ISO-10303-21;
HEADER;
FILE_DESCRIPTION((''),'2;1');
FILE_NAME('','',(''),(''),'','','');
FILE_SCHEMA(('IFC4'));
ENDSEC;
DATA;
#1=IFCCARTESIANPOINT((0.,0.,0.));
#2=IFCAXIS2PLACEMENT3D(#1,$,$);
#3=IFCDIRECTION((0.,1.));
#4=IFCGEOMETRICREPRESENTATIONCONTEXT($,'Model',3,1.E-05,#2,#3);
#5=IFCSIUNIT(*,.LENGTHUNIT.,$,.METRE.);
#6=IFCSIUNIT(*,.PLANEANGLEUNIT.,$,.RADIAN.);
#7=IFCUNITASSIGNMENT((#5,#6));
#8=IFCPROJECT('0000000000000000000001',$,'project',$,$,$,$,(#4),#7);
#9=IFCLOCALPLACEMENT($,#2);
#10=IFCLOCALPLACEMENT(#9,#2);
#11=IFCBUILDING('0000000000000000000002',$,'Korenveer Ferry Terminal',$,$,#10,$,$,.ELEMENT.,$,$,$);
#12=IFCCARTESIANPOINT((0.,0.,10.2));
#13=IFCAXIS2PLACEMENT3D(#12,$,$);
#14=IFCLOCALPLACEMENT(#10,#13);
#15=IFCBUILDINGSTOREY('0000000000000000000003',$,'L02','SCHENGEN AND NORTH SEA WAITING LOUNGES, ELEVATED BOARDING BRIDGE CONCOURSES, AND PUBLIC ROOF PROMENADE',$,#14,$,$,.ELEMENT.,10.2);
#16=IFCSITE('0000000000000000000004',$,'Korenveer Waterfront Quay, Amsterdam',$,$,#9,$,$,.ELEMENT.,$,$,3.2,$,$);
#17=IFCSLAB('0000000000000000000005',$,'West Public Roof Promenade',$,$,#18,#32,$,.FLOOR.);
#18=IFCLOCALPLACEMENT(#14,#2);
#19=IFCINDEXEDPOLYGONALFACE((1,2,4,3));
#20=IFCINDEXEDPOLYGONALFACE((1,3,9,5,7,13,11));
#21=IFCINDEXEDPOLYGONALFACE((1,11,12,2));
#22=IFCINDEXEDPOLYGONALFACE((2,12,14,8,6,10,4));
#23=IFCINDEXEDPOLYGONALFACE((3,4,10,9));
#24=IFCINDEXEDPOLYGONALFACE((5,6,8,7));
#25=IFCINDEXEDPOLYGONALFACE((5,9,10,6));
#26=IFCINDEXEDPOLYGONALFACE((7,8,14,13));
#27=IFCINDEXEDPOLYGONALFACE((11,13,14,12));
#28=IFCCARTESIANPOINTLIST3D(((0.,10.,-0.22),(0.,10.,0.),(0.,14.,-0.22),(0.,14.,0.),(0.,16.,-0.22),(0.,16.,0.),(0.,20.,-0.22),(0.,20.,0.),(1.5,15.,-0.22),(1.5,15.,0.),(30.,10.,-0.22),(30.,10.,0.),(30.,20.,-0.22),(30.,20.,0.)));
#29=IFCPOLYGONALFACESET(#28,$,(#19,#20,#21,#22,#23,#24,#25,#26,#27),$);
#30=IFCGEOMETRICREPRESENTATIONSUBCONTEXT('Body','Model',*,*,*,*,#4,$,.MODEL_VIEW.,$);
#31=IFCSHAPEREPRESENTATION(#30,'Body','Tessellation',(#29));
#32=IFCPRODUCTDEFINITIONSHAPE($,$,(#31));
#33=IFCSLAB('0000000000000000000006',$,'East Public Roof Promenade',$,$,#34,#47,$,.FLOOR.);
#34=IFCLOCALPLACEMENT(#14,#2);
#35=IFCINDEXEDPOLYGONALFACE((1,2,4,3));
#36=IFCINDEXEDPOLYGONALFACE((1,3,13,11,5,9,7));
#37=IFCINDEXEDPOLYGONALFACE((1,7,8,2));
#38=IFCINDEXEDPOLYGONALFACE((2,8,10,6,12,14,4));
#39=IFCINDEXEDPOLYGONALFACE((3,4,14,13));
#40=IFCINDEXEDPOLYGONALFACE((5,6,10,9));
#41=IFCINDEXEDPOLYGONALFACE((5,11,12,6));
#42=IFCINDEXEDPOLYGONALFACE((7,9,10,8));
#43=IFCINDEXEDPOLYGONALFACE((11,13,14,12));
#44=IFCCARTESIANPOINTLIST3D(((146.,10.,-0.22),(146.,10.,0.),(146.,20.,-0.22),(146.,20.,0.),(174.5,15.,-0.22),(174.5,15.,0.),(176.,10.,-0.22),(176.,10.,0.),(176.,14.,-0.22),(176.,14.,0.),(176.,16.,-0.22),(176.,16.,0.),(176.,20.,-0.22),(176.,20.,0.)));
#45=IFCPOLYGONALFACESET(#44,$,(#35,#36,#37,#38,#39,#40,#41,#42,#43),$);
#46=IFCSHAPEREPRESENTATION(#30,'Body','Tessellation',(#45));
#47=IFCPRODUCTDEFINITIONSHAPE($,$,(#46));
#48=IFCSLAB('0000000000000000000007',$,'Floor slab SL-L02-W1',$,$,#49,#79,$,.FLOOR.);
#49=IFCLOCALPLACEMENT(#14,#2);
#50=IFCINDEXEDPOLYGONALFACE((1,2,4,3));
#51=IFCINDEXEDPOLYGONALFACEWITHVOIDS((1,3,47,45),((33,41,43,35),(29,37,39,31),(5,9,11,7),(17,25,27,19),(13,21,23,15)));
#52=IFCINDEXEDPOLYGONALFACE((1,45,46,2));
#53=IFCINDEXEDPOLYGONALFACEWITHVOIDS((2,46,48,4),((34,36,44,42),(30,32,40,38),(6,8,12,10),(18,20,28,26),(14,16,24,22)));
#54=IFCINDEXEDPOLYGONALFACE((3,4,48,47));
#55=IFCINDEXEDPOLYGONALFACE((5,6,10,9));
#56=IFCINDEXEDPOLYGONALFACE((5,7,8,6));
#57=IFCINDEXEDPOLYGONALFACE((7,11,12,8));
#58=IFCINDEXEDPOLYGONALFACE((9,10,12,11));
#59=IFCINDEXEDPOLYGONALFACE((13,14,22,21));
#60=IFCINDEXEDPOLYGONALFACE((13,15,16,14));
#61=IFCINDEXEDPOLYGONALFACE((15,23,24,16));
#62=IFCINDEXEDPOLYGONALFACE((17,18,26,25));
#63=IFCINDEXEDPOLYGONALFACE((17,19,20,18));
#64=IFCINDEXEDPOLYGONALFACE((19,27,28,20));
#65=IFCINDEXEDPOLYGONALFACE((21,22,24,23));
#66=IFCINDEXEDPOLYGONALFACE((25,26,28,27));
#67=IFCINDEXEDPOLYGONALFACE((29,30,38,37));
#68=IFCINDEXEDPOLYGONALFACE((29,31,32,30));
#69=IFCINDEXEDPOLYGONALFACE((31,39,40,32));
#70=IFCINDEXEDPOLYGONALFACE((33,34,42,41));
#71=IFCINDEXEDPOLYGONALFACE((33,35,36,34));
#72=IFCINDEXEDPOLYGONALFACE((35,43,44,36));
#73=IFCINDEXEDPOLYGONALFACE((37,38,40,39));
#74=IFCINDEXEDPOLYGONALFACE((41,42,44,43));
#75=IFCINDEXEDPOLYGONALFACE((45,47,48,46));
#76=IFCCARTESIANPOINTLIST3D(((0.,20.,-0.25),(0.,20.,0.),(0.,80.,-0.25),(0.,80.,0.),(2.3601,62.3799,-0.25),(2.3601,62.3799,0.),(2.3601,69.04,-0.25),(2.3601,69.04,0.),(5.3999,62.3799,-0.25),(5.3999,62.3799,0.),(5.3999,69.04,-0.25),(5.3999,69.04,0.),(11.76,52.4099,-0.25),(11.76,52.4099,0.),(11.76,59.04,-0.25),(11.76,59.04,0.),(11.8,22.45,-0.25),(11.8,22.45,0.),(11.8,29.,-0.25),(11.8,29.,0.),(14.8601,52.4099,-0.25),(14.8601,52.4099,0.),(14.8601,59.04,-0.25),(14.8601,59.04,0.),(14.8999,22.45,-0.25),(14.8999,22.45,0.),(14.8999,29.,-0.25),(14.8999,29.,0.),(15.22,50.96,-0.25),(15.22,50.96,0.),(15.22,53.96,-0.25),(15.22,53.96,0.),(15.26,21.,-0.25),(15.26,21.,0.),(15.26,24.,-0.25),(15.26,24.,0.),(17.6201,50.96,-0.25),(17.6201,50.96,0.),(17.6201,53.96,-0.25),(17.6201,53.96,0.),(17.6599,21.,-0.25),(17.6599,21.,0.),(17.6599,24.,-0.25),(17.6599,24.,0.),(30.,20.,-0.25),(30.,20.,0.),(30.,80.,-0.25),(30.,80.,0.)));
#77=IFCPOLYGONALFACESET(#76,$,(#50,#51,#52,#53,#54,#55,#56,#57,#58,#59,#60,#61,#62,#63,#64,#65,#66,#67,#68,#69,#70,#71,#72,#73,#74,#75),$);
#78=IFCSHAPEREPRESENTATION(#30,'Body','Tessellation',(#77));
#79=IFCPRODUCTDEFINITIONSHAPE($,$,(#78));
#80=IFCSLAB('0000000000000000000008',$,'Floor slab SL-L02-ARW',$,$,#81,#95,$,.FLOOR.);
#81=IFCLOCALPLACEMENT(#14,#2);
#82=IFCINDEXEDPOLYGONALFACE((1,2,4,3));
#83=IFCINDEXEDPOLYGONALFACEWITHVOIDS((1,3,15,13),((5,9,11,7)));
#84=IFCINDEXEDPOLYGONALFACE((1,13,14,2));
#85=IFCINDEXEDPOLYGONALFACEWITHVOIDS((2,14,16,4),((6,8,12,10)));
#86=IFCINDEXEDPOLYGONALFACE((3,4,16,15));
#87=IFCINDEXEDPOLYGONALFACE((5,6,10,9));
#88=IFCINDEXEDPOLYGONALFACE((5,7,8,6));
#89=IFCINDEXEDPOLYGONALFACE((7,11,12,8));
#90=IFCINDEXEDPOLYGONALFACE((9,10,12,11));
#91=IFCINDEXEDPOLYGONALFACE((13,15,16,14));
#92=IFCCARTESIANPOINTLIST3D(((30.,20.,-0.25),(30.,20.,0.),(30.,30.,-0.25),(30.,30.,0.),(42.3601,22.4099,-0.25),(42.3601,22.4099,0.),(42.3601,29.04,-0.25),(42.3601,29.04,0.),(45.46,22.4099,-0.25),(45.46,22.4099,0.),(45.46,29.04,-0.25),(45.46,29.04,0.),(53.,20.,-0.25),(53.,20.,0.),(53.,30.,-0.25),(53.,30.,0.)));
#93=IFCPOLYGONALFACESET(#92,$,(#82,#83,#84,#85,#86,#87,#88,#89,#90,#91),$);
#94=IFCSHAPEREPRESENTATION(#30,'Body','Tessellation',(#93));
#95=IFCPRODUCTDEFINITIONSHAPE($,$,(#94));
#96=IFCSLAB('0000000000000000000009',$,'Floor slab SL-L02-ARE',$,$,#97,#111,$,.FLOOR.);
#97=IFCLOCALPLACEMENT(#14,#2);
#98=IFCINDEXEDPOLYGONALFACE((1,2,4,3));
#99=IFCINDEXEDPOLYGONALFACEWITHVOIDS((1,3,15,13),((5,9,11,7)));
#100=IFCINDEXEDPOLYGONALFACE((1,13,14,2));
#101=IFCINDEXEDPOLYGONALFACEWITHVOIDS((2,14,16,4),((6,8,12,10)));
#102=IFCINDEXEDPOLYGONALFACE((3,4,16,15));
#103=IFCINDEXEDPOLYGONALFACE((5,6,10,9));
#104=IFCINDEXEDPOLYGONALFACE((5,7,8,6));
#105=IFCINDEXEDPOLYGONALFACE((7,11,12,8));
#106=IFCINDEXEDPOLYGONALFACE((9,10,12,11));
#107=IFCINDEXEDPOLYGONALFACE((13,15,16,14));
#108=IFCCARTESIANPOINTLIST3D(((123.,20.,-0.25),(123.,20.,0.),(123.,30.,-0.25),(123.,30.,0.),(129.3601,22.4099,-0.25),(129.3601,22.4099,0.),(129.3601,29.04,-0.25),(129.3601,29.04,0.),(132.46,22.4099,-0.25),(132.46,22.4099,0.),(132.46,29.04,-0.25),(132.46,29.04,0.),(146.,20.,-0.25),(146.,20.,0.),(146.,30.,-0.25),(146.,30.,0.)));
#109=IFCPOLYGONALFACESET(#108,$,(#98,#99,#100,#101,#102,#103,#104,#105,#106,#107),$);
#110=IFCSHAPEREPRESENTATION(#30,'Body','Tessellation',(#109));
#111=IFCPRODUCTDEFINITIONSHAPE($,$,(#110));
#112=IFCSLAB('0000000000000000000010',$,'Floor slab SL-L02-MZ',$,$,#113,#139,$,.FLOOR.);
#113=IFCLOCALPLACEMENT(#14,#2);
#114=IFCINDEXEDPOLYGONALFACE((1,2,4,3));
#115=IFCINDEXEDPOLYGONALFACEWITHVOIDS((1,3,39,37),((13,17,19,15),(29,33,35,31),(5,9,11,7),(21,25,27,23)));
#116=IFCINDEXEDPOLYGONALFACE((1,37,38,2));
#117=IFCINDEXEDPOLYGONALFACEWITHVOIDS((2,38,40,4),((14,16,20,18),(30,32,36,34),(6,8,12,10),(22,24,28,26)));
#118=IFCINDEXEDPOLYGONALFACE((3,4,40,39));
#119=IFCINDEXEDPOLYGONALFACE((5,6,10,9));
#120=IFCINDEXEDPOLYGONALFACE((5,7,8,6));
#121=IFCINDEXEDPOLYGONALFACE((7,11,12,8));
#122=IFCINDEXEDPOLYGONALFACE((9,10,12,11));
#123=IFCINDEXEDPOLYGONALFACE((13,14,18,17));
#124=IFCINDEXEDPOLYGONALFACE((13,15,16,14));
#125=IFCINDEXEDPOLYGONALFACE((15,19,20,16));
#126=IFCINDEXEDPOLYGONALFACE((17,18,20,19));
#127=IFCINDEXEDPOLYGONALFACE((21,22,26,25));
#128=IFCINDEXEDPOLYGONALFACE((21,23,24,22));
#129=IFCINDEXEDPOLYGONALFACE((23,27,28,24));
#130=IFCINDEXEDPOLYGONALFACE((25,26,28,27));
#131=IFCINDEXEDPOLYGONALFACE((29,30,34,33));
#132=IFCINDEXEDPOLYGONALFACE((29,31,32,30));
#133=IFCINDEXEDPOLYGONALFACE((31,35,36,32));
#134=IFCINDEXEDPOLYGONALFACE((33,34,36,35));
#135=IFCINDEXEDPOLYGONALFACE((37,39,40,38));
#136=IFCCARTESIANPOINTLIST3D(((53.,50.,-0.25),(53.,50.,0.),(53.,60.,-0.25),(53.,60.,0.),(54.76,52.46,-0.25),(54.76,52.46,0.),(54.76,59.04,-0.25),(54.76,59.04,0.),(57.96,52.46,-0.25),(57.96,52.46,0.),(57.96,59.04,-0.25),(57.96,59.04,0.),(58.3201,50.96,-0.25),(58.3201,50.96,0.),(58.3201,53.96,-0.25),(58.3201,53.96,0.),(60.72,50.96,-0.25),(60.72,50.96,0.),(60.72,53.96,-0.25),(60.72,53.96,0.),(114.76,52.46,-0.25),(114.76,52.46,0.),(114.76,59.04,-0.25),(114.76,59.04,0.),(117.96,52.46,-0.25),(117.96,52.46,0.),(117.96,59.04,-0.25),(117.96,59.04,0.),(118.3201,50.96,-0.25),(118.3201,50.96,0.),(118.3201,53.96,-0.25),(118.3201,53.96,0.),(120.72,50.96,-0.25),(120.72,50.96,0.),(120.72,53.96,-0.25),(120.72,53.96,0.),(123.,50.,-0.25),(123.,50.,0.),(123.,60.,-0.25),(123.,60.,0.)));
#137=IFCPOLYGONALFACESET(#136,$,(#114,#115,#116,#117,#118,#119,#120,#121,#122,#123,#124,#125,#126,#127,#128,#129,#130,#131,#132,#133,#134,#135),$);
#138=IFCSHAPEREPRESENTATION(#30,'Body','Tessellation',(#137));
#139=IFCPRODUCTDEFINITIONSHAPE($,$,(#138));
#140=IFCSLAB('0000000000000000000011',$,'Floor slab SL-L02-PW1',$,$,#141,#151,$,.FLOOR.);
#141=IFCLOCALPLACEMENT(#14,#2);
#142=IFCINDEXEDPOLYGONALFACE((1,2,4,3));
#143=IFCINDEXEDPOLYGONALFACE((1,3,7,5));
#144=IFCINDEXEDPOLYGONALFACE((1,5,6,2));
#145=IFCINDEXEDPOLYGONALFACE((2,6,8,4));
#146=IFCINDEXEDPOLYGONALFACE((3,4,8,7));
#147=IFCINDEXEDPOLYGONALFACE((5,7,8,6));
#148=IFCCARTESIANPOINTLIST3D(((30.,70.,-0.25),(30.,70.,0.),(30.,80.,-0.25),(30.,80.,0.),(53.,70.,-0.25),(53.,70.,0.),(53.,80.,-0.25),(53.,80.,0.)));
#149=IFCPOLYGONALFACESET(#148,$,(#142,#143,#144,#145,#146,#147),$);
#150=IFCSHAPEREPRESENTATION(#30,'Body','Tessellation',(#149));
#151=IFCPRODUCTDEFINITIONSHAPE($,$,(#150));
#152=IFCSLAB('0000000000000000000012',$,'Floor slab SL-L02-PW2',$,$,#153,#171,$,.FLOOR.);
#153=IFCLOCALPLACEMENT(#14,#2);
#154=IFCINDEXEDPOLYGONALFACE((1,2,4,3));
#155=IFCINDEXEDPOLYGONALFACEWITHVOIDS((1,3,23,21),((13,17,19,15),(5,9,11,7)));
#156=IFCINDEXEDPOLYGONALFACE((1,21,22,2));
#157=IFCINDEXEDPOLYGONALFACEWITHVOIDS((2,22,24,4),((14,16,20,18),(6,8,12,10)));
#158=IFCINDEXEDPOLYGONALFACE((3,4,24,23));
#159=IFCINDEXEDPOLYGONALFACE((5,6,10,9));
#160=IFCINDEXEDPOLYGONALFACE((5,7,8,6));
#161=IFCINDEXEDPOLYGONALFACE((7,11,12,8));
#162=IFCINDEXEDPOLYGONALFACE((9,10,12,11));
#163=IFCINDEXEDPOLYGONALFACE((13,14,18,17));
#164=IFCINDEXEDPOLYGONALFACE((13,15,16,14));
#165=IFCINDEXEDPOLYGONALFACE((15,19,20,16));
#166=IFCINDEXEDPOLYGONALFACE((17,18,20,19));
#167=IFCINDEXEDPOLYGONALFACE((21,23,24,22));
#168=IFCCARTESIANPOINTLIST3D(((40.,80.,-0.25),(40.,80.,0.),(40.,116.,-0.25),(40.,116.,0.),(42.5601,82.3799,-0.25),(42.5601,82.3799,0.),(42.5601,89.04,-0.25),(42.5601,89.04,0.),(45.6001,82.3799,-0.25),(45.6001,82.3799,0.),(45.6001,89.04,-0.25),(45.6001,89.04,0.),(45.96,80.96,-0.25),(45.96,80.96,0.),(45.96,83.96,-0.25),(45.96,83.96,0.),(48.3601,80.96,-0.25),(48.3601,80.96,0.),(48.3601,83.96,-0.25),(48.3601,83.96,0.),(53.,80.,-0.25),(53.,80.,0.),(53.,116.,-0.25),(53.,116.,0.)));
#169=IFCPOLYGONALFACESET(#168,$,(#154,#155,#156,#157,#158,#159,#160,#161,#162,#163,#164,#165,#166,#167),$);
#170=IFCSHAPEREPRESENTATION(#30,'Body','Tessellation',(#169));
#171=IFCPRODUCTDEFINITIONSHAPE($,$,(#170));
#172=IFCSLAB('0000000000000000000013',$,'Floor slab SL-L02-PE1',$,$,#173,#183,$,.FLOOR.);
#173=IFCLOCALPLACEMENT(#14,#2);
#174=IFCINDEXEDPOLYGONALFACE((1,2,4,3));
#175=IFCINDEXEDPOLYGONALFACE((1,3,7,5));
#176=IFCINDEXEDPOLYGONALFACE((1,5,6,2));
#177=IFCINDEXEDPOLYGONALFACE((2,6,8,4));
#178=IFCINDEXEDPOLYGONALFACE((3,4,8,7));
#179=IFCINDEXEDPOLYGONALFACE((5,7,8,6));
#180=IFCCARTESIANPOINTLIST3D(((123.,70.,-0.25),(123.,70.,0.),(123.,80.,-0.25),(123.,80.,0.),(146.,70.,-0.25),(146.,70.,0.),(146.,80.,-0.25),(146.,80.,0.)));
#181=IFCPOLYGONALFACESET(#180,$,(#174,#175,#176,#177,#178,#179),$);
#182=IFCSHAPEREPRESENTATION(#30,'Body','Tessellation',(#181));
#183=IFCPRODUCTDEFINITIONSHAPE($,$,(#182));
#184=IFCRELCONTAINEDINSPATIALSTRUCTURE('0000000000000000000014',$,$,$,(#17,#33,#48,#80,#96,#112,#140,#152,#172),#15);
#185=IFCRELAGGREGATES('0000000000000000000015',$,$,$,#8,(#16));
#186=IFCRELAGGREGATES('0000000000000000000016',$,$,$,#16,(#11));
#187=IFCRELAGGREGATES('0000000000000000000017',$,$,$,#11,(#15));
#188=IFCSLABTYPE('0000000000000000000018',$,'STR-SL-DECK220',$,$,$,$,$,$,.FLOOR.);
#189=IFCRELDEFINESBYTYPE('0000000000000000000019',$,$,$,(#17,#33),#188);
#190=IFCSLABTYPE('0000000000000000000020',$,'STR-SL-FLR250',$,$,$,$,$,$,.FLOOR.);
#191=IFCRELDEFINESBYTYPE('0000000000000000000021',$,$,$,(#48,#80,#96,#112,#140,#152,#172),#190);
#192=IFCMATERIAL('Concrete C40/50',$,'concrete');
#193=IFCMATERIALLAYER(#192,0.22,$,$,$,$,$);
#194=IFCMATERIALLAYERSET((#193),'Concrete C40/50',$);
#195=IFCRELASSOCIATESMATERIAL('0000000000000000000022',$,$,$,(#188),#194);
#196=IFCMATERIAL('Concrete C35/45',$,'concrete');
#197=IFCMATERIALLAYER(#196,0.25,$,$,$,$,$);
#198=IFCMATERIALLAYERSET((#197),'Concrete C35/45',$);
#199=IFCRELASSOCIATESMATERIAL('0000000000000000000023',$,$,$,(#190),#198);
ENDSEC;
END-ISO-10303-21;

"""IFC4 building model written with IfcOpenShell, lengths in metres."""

from ifc_helpers import new_model, si_unit, direction, frame, origin, place, context, subcontext, project, spatial, polyline, outline, extrude, material, layer, layer_set, type_object, element, save


model = new_model("IFC4")

# Units and contexts
model_context = context("Model", 3, precision=1e-05, world=origin(), true_north=direction((0.0, 1.0)))
body_context = subcontext(model_context, "Body", "Model", "MODEL_VIEW")
ifc_project = project(units=[si_unit("LENGTHUNIT", "METRE"), si_unit("PLANEANGLEUNIT", "RADIAN")], contexts=[model_context])

# Site, building, storey
site_placement = place(None, origin())
site = spatial("IfcSite", under=ifc_project, at=site_placement, Name="Korenveer Waterfront Quay, Amsterdam", CompositionType="ELEMENT", RefElevation=3.2)
building_placement = place(site_placement, origin())
building = spatial("IfcBuilding", under=site, at=building_placement, Name="Korenveer Ferry Terminal", CompositionType="ELEMENT")
storey_placement = place(building_placement, frame((0.0, 0.0, 10.2)))
storey = spatial("IfcBuildingStorey", under=building, at=storey_placement, Name="L02", Description="SCHENGEN AND NORTH SEA WAITING LOUNGES, ELEVATED BOARDING BRIDGE CONCOURSES, AND PUBLIC ROOF PROMENADE", CompositionType="ELEMENT", Elevation=10.2)

# Shared definitions
ifc_material_1 = material(Name="Concrete C40/50", Category="concrete")

# Slabs
ifc_layer_1 = layer(ifc_material_1, 0.22)
ifc_layer_set_1 = layer_set([ifc_layer_1], Name="Concrete C40/50")
slab_type_1 = type_object("IfcSlabType", Name="STR-SL-DECK220", PredefinedType="FLOOR", material=ifc_layer_set_1)
slab_1_placement = place(storey_placement, frame((0.0, 0.0, -0.22)))
element("IfcSlab", 1, at=slab_1_placement, inside=storey, type_object=slab_type_1, Name="West Public Roof Promenade", PredefinedType="FLOOR", context=body_context, shape_type="SweptSolid", body=[
    extrude(outline(polyline([(0.0, 10.0), (30.0, 10.0), (30.0, 20.0), (0.0, 20.0), (0.0, 16.0), (1.5, 15.0), (0.0, 14.0), (0.0, 10.0)])), origin(), (0.0, 0.0, 1.0), 0.22),
])
slab_2_placement = place(storey_placement, frame((0.0, 0.0, -0.22)))
element("IfcSlab", 2, at=slab_2_placement, inside=storey, type_object=slab_type_1, Name="East Public Roof Promenade", PredefinedType="FLOOR", context=body_context, shape_type="SweptSolid", body=[
    extrude(outline(polyline([(146.0, 10.0), (176.0, 10.0), (176.0, 14.0), (174.5, 15.0), (176.0, 16.0), (176.0, 20.0), (146.0, 20.0), (146.0, 10.0)])), origin(), (0.0, 0.0, 1.0), 0.22),
])
ifc_material_2 = material(Name="Concrete C35/45", Category="concrete")
ifc_layer_2 = layer(ifc_material_2, 0.25)
ifc_layer_set_2 = layer_set([ifc_layer_2], Name="Concrete C35/45")
slab_type_2 = type_object("IfcSlabType", Name="STR-SL-FLR250", PredefinedType="FLOOR", material=ifc_layer_set_2)
slab_3_placement = place(storey_placement, frame((0.0, 0.0, -0.25)))
element("IfcSlab", 3, at=slab_3_placement, inside=storey, type_object=slab_type_2, Name="Floor slab SL-L02-W1", PredefinedType="FLOOR", context=body_context, shape_type="SweptSolid", body=[
    extrude(outline(polyline([(0.0, 20.0), (30.0, 20.0), (30.0, 80.0), (0.0, 80.0), (0.0, 20.0)]), holes=[polyline([(14.8999, 22.45), (14.8999, 29.0), (11.8, 29.0), (11.8, 22.45), (14.8999, 22.45)]), polyline([(15.26, 21.0), (17.6599, 21.0), (17.6599, 24.0), (15.26, 24.0), (15.26, 21.0)]), polyline([(14.8601, 52.4099), (14.8601, 59.04), (11.76, 59.04), (11.76, 52.4099), (14.8601, 52.4099)]), polyline([(15.22, 50.96), (17.6201, 50.96), (17.6201, 53.96), (15.22, 53.96), (15.22, 50.96)]), polyline([(5.3999, 62.3799), (5.3999, 69.04), (2.3601, 69.04), (2.3601, 62.3799), (5.3999, 62.3799)])]), origin(), (0.0, 0.0, 1.0), 0.25),
])
slab_4_placement = place(storey_placement, frame((0.0, 0.0, -0.25)))
element("IfcSlab", 4, at=slab_4_placement, inside=storey, type_object=slab_type_2, Name="Floor slab SL-L02-ARW", PredefinedType="FLOOR", context=body_context, shape_type="SweptSolid", body=[
    extrude(outline(polyline([(30.0, 20.0), (53.0, 20.0), (53.0, 30.0), (30.0, 30.0), (30.0, 20.0)]), holes=[polyline([(45.46, 22.4099), (45.46, 29.04), (42.3601, 29.04), (42.3601, 22.4099), (45.46, 22.4099)])]), origin(), (0.0, 0.0, 1.0), 0.25),
])
slab_5_placement = place(storey_placement, frame((0.0, 0.0, -0.25)))
element("IfcSlab", 5, at=slab_5_placement, inside=storey, type_object=slab_type_2, Name="Floor slab SL-L02-ARE", PredefinedType="FLOOR", context=body_context, shape_type="SweptSolid", body=[
    extrude(outline(polyline([(123.0, 20.0), (146.0, 20.0), (146.0, 30.0), (123.0, 30.0), (123.0, 20.0)]), holes=[polyline([(132.46, 22.4099), (132.46, 29.04), (129.3601, 29.04), (129.3601, 22.4099), (132.46, 22.4099)])]), origin(), (0.0, 0.0, 1.0), 0.25),
])
slab_6_placement = place(storey_placement, frame((0.0, 0.0, -0.25)))
element("IfcSlab", 6, at=slab_6_placement, inside=storey, type_object=slab_type_2, Name="Floor slab SL-L02-MZ", PredefinedType="FLOOR", context=body_context, shape_type="SweptSolid", body=[
    extrude(outline(polyline([(53.0, 50.0), (123.0, 50.0), (123.0, 60.0), (53.0, 60.0), (53.0, 50.0)]), holes=[polyline([(57.96, 52.46), (57.96, 59.04), (54.76, 59.04), (54.76, 52.46), (57.96, 52.46)]), polyline([(58.3201, 50.96), (60.72, 50.96), (60.72, 53.96), (58.3201, 53.96), (58.3201, 50.96)]), polyline([(117.96, 52.46), (117.96, 59.04), (114.76, 59.04), (114.76, 52.46), (117.96, 52.46)]), polyline([(118.3201, 50.96), (120.72, 50.96), (120.72, 53.96), (118.3201, 53.96), (118.3201, 50.96)])]), origin(), (0.0, 0.0, 1.0), 0.25),
])
slab_7_placement = place(storey_placement, frame((0.0, 0.0, -0.25)))
element("IfcSlab", 7, at=slab_7_placement, inside=storey, type_object=slab_type_2, Name="Floor slab SL-L02-PW1", PredefinedType="FLOOR", context=body_context, shape_type="SweptSolid", body=[
    extrude(outline(polyline([(30.0, 70.0), (53.0, 70.0), (53.0, 80.0), (30.0, 80.0), (30.0, 70.0)])), origin(), (0.0, 0.0, 1.0), 0.25),
])
slab_8_placement = place(storey_placement, frame((0.0, 0.0, -0.25)))
element("IfcSlab", 8, at=slab_8_placement, inside=storey, type_object=slab_type_2, Name="Floor slab SL-L02-PW2", PredefinedType="FLOOR", context=body_context, shape_type="SweptSolid", body=[
    extrude(outline(polyline([(40.0, 80.0), (53.0, 80.0), (53.0, 116.0), (40.0, 116.0), (40.0, 80.0)]), holes=[polyline([(45.6001, 82.3799), (45.6001, 89.04), (42.5601, 89.04), (42.5601, 82.3799), (45.6001, 82.3799)]), polyline([(45.96, 80.96), (48.3601, 80.96), (48.3601, 83.96), (45.96, 83.96), (45.96, 80.96)])]), origin(), (0.0, 0.0, 1.0), 0.25),
])
slab_9_placement = place(storey_placement, frame((0.0, 0.0, -0.25)))
element("IfcSlab", 9, at=slab_9_placement, inside=storey, type_object=slab_type_2, Name="Floor slab SL-L02-PE1", PredefinedType="FLOOR", context=body_context, shape_type="SweptSolid", body=[
    extrude(outline(polyline([(123.0, 70.0), (146.0, 70.0), (146.0, 80.0), (123.0, 80.0), (123.0, 70.0)])), origin(), (0.0, 0.0, 1.0), 0.25),
])

save(model, "model.ifc")
